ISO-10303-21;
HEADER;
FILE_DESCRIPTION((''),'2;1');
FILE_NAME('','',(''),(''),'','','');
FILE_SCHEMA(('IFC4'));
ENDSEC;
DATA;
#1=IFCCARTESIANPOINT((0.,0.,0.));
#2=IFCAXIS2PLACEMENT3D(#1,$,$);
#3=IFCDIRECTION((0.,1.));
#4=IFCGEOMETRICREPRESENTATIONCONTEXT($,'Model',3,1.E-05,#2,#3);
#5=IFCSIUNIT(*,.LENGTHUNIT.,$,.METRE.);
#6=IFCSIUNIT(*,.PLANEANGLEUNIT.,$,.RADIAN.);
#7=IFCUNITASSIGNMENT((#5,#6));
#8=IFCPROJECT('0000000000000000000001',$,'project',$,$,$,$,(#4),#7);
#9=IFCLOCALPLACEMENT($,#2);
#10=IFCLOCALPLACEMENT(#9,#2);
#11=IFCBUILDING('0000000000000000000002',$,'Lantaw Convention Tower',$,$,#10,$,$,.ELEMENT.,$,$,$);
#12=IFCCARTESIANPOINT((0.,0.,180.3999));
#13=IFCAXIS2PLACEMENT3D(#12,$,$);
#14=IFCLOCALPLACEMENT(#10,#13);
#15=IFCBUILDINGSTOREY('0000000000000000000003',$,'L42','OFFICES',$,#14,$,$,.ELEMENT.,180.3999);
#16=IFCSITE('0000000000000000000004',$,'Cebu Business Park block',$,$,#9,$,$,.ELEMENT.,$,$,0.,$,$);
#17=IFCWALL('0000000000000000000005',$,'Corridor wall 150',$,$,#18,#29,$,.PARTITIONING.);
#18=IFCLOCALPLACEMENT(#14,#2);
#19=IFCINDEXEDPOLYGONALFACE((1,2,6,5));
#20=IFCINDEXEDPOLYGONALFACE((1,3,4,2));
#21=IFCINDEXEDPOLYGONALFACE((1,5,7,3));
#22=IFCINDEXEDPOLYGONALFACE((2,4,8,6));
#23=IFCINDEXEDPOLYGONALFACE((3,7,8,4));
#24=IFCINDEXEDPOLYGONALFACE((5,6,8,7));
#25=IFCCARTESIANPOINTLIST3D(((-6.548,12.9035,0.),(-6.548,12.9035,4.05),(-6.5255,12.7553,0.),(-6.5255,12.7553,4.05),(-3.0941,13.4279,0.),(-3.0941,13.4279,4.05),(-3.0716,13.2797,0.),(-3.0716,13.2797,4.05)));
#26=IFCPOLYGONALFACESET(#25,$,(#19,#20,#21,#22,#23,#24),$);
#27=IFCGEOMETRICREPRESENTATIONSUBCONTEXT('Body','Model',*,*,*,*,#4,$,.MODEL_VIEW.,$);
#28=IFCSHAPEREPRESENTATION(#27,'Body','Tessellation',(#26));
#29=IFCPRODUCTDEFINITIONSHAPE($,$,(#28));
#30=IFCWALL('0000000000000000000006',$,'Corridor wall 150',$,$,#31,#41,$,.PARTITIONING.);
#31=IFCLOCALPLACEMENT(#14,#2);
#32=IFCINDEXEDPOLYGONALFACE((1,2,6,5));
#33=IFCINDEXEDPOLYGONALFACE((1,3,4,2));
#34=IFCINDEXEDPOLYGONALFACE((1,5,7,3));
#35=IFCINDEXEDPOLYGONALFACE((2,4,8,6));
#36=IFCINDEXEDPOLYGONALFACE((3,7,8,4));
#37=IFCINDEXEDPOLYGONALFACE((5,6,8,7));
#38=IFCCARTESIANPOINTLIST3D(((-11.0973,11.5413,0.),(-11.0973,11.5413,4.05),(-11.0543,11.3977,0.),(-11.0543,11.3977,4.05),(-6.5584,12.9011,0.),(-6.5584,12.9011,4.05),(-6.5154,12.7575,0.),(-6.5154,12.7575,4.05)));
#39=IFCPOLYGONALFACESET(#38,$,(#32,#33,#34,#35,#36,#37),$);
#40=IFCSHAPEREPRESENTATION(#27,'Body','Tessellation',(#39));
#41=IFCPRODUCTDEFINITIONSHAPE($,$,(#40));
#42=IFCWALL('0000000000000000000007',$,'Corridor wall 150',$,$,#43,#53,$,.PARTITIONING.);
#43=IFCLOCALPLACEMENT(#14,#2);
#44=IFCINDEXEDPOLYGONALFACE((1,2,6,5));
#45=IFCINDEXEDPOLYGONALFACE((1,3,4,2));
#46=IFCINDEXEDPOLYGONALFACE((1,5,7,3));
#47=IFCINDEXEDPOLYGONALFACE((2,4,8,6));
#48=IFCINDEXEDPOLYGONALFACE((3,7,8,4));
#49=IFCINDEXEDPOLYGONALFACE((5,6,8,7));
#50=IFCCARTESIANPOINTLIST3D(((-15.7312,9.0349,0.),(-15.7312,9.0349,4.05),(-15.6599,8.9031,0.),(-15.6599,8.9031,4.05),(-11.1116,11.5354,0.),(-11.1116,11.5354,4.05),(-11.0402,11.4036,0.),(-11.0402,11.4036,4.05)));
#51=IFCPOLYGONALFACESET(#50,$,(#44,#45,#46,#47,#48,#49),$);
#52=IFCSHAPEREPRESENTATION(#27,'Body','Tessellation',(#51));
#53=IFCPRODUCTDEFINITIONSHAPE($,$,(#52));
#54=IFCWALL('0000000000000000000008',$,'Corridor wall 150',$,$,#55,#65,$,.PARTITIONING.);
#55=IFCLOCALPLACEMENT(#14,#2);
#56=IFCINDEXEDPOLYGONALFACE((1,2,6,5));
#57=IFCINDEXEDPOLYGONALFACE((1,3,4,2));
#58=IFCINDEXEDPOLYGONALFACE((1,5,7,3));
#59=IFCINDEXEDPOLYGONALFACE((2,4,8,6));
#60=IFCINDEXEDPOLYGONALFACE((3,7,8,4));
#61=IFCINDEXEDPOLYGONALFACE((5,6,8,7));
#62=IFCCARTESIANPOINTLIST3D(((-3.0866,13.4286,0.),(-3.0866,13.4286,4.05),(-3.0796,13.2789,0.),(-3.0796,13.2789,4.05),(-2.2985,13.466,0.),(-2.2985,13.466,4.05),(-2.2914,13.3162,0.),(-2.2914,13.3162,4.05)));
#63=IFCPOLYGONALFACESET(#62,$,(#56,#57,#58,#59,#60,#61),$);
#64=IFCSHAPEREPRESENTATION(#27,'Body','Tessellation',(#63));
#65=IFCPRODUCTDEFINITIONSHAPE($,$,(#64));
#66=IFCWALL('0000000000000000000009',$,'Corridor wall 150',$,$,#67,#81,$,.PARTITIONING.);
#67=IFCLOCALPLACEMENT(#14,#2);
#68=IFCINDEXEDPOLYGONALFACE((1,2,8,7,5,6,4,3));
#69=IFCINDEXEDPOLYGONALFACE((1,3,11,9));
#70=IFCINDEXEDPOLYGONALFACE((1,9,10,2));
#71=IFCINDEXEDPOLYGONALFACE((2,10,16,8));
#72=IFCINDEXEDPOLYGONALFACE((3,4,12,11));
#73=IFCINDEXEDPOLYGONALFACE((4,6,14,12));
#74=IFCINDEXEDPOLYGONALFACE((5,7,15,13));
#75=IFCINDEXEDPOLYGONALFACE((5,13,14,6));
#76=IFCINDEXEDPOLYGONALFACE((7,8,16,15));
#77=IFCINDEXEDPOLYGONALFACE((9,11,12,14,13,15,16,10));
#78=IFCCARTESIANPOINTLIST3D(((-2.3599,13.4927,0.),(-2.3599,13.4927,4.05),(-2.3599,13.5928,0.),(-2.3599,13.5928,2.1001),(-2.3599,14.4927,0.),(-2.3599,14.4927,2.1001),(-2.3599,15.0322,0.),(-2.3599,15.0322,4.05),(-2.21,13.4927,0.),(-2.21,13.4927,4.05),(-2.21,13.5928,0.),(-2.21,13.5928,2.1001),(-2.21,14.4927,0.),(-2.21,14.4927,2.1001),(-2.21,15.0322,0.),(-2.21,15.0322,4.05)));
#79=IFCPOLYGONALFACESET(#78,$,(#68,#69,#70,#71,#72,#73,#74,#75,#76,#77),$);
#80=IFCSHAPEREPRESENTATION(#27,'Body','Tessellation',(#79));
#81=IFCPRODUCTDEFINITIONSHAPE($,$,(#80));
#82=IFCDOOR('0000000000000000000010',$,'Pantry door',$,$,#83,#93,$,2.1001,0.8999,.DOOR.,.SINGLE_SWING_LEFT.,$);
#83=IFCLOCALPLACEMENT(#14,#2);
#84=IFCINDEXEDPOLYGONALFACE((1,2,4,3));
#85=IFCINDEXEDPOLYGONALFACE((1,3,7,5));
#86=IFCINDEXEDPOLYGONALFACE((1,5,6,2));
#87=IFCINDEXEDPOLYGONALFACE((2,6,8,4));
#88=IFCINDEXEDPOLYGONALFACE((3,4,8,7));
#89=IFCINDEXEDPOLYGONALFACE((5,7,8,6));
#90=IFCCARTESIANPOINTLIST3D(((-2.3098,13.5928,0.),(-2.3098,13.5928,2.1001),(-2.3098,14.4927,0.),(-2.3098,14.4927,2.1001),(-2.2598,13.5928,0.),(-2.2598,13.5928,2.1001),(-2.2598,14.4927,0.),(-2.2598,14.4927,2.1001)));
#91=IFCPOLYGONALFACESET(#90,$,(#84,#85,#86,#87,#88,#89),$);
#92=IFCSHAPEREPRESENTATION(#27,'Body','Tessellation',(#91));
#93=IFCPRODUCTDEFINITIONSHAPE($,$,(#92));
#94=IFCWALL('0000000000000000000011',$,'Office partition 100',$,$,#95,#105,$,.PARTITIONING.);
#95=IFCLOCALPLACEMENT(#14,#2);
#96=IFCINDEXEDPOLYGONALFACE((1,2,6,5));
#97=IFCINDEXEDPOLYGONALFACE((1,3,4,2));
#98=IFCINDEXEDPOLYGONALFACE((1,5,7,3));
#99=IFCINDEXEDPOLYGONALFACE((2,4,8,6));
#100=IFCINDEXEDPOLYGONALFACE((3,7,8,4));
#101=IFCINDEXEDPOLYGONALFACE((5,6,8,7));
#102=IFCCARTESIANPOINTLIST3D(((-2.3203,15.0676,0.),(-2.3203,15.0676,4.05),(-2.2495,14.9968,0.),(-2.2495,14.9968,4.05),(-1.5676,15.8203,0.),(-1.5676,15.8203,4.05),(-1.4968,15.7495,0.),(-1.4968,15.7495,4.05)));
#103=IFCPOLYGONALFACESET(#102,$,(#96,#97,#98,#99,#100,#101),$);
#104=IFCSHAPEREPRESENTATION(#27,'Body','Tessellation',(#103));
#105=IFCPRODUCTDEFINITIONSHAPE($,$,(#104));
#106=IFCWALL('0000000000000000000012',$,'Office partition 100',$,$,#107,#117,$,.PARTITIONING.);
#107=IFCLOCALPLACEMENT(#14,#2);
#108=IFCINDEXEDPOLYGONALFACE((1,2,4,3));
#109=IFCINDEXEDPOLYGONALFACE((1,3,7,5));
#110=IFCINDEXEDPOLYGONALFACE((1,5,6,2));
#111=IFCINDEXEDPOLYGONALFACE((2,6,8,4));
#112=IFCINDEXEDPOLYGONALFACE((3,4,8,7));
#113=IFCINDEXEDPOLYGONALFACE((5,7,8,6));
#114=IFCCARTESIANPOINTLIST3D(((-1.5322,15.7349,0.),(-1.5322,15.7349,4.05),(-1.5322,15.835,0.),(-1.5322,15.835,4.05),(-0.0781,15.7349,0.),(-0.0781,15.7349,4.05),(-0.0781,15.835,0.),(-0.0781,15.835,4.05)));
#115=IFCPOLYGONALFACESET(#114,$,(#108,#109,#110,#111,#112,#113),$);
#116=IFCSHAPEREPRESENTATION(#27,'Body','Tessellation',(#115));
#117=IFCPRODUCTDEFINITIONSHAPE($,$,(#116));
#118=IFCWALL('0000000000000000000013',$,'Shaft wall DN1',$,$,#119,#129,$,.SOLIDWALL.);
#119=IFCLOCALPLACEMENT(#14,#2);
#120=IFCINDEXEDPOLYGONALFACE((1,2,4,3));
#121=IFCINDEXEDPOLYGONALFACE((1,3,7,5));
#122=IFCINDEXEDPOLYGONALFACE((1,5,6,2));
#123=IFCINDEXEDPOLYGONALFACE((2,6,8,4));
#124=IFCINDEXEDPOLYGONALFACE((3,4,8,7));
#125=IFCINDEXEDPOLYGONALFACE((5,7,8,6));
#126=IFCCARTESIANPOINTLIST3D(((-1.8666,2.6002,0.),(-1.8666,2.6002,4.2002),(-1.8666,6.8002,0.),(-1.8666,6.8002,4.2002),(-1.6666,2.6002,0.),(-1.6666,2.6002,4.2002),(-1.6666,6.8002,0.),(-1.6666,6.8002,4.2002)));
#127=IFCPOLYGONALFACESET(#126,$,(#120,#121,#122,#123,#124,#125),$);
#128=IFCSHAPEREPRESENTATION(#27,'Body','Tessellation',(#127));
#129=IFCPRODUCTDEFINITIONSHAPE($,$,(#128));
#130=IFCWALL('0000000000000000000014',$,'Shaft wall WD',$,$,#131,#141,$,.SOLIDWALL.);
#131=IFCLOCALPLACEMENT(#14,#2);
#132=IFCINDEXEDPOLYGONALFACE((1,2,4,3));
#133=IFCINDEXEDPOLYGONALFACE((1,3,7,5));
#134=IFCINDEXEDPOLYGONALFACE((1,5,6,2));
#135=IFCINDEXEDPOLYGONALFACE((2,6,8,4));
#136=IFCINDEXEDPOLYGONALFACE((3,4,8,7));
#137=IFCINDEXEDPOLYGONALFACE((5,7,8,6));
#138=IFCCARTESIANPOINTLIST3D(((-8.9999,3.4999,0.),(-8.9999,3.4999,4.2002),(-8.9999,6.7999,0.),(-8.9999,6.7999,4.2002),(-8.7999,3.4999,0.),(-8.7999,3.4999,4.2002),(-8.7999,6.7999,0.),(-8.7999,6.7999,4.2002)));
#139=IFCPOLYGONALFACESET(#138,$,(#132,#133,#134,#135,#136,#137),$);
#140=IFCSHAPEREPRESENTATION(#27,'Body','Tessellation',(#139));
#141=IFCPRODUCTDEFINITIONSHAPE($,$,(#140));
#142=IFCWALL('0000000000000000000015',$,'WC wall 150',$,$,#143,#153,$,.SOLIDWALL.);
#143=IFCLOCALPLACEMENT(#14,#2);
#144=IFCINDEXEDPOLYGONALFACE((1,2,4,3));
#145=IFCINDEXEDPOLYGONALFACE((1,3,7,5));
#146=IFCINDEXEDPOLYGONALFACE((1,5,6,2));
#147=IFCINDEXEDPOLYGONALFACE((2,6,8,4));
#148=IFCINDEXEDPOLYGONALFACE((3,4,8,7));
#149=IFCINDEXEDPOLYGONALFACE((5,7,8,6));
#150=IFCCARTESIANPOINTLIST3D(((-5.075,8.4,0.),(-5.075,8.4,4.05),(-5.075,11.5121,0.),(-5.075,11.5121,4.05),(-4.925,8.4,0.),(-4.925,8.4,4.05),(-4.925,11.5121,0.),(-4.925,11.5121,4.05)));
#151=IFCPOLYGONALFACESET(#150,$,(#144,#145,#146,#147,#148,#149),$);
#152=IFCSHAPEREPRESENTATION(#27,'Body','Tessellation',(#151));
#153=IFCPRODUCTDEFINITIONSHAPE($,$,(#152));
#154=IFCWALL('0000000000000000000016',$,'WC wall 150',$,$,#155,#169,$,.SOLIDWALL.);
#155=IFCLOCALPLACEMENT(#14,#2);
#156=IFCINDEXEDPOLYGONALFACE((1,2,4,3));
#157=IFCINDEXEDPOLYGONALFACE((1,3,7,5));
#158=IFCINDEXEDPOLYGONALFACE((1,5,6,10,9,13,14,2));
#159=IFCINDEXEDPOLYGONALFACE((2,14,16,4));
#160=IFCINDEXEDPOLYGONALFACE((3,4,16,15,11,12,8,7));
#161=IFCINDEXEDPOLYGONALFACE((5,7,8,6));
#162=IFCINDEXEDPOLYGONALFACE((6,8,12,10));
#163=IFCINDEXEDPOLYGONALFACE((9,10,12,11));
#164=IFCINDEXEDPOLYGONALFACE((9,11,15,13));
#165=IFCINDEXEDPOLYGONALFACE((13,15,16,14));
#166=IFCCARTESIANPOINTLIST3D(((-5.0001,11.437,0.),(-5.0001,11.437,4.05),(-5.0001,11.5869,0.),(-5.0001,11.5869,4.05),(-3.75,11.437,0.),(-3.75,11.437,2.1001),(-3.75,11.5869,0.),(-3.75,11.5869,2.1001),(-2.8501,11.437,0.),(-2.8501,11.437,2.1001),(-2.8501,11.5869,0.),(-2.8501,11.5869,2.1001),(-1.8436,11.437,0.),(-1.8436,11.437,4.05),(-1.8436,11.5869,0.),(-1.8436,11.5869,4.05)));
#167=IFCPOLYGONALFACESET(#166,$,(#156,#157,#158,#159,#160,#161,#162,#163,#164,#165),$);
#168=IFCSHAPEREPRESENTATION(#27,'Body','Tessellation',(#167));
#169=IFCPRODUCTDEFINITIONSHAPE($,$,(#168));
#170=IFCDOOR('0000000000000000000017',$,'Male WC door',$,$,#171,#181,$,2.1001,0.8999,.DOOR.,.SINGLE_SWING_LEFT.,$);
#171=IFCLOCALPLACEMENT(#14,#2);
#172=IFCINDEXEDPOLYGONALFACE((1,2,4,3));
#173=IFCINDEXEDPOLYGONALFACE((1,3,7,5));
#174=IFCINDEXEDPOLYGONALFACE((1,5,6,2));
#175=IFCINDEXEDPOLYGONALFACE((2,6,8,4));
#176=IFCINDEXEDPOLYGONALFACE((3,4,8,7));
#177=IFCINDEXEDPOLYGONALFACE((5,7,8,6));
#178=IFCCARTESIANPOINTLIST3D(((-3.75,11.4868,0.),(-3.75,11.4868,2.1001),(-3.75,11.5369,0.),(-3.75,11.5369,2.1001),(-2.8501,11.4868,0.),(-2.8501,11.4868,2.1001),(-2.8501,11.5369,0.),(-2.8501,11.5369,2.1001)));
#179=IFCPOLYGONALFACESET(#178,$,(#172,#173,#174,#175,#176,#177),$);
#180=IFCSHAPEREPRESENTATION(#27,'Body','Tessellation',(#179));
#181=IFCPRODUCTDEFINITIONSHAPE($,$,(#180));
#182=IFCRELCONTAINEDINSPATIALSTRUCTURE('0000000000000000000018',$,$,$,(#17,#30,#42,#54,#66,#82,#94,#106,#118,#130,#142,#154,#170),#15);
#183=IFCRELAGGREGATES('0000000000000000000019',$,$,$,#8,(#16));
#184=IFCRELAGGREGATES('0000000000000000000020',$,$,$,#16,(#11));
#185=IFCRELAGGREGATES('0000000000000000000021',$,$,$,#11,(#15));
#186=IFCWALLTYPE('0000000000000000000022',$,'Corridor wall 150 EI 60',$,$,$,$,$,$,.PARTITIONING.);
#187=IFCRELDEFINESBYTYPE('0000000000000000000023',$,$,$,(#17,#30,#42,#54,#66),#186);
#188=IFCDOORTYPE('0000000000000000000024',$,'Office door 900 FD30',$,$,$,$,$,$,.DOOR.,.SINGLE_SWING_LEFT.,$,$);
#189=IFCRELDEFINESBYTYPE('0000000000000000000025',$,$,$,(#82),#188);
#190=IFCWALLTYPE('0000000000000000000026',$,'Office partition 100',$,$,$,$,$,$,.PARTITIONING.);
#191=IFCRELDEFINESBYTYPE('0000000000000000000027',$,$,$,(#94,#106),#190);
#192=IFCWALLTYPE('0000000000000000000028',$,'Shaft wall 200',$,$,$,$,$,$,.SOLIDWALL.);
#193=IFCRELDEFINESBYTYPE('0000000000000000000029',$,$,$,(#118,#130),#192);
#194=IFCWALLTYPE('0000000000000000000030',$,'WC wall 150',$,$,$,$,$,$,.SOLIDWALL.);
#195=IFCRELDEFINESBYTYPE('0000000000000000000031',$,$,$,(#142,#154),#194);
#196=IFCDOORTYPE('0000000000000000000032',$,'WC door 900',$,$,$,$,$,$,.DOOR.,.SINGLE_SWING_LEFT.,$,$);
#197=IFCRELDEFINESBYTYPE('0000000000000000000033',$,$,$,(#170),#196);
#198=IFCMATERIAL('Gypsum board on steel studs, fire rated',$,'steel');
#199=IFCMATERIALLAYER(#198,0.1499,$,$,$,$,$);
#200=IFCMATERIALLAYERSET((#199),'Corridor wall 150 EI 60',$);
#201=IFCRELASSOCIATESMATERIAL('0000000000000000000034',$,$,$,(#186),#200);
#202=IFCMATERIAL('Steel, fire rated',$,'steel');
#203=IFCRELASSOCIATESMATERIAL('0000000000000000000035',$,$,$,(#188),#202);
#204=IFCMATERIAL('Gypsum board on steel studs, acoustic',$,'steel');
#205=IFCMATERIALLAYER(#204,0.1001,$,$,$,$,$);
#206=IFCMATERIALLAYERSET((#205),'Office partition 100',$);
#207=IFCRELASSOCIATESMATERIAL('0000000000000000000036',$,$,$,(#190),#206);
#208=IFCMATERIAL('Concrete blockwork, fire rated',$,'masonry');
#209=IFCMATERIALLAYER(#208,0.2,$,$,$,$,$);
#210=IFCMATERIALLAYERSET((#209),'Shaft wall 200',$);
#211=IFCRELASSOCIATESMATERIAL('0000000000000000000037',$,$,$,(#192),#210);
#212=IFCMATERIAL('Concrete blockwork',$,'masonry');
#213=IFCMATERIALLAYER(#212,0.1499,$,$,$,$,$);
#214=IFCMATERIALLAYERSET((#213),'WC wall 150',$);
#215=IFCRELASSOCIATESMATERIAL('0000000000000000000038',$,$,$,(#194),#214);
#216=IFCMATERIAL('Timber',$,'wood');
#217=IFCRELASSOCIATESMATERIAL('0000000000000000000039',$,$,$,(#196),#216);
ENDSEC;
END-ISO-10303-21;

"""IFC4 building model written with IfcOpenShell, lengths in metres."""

from ifc_helpers import new_model, si_unit, direction, frame, frame_2d, origin, place, context, subcontext, project, spatial, rectangle, extrude, material, layer, layer_set, type_object, element, fill, save


model = new_model("IFC4")

# Units and contexts
model_context = context("Model", 3, precision=1e-05, world=origin(), true_north=direction((0.0, 1.0)))
body_context = subcontext(model_context, "Body", "Model", "MODEL_VIEW")
ifc_project = project(units=[si_unit("LENGTHUNIT", "METRE"), si_unit("PLANEANGLEUNIT", "RADIAN")], contexts=[model_context])

# Site, building, storey
site_placement = place(None, origin())
site = spatial("IfcSite", under=ifc_project, at=site_placement, Name="Cebu Business Park block", CompositionType="ELEMENT", RefElevation=0.0)
building_placement = place(site_placement, origin())
building = spatial("IfcBuilding", under=site, at=building_placement, Name="Lantaw Convention Tower", CompositionType="ELEMENT")
storey_placement = place(building_placement, frame((0.0, 0.0, 180.3999)))
storey = spatial("IfcBuildingStorey", under=building, at=storey_placement, Name="L42", Description="OFFICES", CompositionType="ELEMENT", Elevation=180.3999)

# Shared definitions
ifc_material_1 = material(Name="Steel, fire rated", Category="steel")

# Walls
ifc_material_2 = material(Name="Gypsum board on steel studs, fire rated", Category="steel")
ifc_layer_1 = layer(ifc_material_2, 0.1499)
ifc_layer_set_1 = layer_set([ifc_layer_1], Name="Corridor wall 150 EI 60")
wall_type_1 = type_object("IfcWallType", Name="Corridor wall 150 EI 60", PredefinedType="PARTITIONING", material=ifc_layer_set_1)
wall_1_placement = place(storey_placement, frame((-3.083, 13.3538, 0.0), z_axis=(0.0, 0.0, 1.0), x_axis=(-0.988669, -0.150114, 0.0)))
element("IfcWall", 1, at=wall_1_placement, inside=storey, type_object=wall_type_1, Name="Corridor wall 150", PredefinedType="PARTITIONING", context=body_context, shape_type="SweptSolid", body=[
    extrude(rectangle(XDim=3.4934, YDim=0.1499, at=frame_2d((1.7466, 0.0))), origin(), (0.0, 0.0, 1.0), 4.05),
])
wall_2_placement = place(storey_placement, frame((-6.5369, 12.8293, 0.0), z_axis=(0.0, 0.0, 1.0), x_axis=(-0.957934, -0.286989, 0.0)))
element("IfcWall", 2, at=wall_2_placement, inside=storey, type_object=wall_type_1, Name="Corridor wall 150", PredefinedType="PARTITIONING", context=body_context, shape_type="SweptSolid", body=[
    extrude(rectangle(XDim=4.7383, YDim=0.1499, at=frame_2d((2.3691, 0.0))), origin(), (0.0, 0.0, 1.0), 4.05),
])
wall_3_placement = place(storey_placement, frame((-11.0759, 11.4695, 0.0), z_axis=(0.0, 0.0, 1.0), x_axis=(-0.879436, -0.476017, 0.0)))
element("IfcWall", 3, at=wall_3_placement, inside=storey, type_object=wall_type_1, Name="Corridor wall 150", PredefinedType="PARTITIONING", context=body_context, shape_type="SweptSolid", body=[
    extrude(rectangle(XDim=5.2529, YDim=0.1499, at=frame_2d((2.6265, 0.0))), origin(), (0.0, 0.0, 1.0), 4.05),
])
wall_4_placement = place(storey_placement, frame((-2.2949, 13.3911, 0.0), z_axis=(0.0, 0.0, 1.0), x_axis=(-0.998879, -0.047345, 0.0)))
element("IfcWall", 4, at=wall_4_placement, inside=storey, type_object=wall_type_1, Name="Corridor wall 150", PredefinedType="PARTITIONING", context=body_context, shape_type="SweptSolid", body=[
    extrude(rectangle(XDim=0.7891, YDim=0.1499, at=frame_2d((0.3945, 0.0))), origin(), (0.0, 0.0, 1.0), 4.05),
])

# Wall, opening, door
wall_5_placement = place(storey_placement, frame((-2.2849, 13.4927, 0.0), z_axis=(0.0, 0.0, 1.0), x_axis=(0.0, 1.0, 0.0)))
wall_5 = element("IfcWall", 5, at=wall_5_placement, inside=storey, type_object=wall_type_1, Name="Corridor wall 150", PredefinedType="PARTITIONING", context=body_context, shape_type="SweptSolid", body=[
    extrude(rectangle(XDim=1.5396, YDim=0.1499, at=frame_2d((0.7698, 0.0))), origin(), (0.0, 0.0, 1.0), 4.05),
])
opening_1_placement = place(wall_5_placement, frame((0.1001, 0.0, 0.0)))
opening_1 = element("IfcOpeningElement", 6, at=opening_1_placement, cuts=wall_5, PredefinedType="OPENING", context=body_context, shape_type="SweptSolid", body=[
    extrude(rectangle(XDim=0.8999, YDim=2.1001, at=frame_2d((0.45, 1.05))), frame((0.0, 0.085, 0.0), z_axis=(0.0, -1.0, 0.0), x_axis=(1.0, 0.0, 0.0)), (0.0, 0.0, 1.0), 0.1699),
])
door_type_1 = type_object("IfcDoorType", Name="Office door 900 FD30", OperationType="SINGLE_SWING_LEFT", PredefinedType="DOOR", material=ifc_material_1)
door_1_placement = place(opening_1_placement, origin())
door_1 = element("IfcDoor", 7, at=door_1_placement, inside=storey, type_object=door_type_1, Name="Pantry door", OperationType="SINGLE_SWING_LEFT", OverallHeight=2.1001, OverallWidth=0.8999, PredefinedType="DOOR", context=body_context, shape_type="SweptSolid", body=[
    extrude(rectangle(XDim=0.8999, YDim=2.1001, at=frame_2d((0.45, 1.05))), frame((0.0, 0.0249, 0.0), z_axis=(0.0, -1.0, 0.0), x_axis=(1.0, 0.0, 0.0)), (0.0, 0.0, 1.0), 0.05),
])
fill(opening_1, door_1)

# Walls
ifc_material_3 = material(Name="Gypsum board on steel studs, acoustic", Category="steel")
ifc_layer_2 = layer(ifc_material_3, 0.1001)
ifc_layer_set_2 = layer_set([ifc_layer_2], Name="Office partition 100")
wall_type_2 = type_object("IfcWallType", Name="Office partition 100", PredefinedType="PARTITIONING", material=ifc_layer_set_2)
wall_6_placement = place(storey_placement, frame((-2.2849, 15.0322, 0.0), z_axis=(0.0, 0.0, 1.0), x_axis=(0.707107, 0.707107, 0.0)))
element("IfcWall", 8, at=wall_6_placement, inside=storey, type_object=wall_type_2, Name="Office partition 100", PredefinedType="PARTITIONING", context=body_context, shape_type="SweptSolid", body=[
    extrude(rectangle(XDim=1.0645, YDim=0.1001, at=frame_2d((0.5322, 0.0))), origin(), (0.0, 0.0, 1.0), 4.05),
])
wall_7_placement = place(storey_placement, frame((-1.5322, 15.7849, 0.0), z_axis=(0.0, 0.0, 1.0), x_axis=(1.0, 0.0, 0.0)))
element("IfcWall", 9, at=wall_7_placement, inside=storey, type_object=wall_type_2, Name="Office partition 100", PredefinedType="PARTITIONING", context=body_context, shape_type="SweptSolid", body=[
    extrude(rectangle(XDim=1.4541, YDim=0.1001, at=frame_2d((0.7271, 0.0))), origin(), (0.0, 0.0, 1.0), 4.05),
])
ifc_material_4 = material(Name="Concrete blockwork, fire rated", Category="masonry")
ifc_layer_3 = layer(ifc_material_4, 0.2)
ifc_layer_set_3 = layer_set([ifc_layer_3], Name="Shaft wall 200")
wall_type_3 = type_object("IfcWallType", Name="Shaft wall 200", PredefinedType="SOLIDWALL", material=ifc_layer_set_3)
wall_8_placement = place(storey_placement, frame((-1.7666, 2.6001, 0.0), z_axis=(0.0, 0.0, 1.0), x_axis=(0.0, 1.0, 0.0)))
element("IfcWall", 10, at=wall_8_placement, inside=storey, type_object=wall_type_3, Name="Shaft wall DN1", PredefinedType="SOLIDWALL", context=body_context, shape_type="SweptSolid", body=[
    extrude(rectangle(XDim=4.2, YDim=0.2, at=frame_2d((2.1001, 0.0))), origin(), (0.0, 0.0, 1.0), 4.2002),
])
wall_9_placement = place(storey_placement, frame((-8.8999, 3.5, 0.0), z_axis=(0.0, 0.0, 1.0), x_axis=(0.0, 1.0, 0.0)))
element("IfcWall", 11, at=wall_9_placement, inside=storey, type_object=wall_type_3, Name="Shaft wall WD", PredefinedType="SOLIDWALL", context=body_context, shape_type="SweptSolid", body=[
    extrude(rectangle(XDim=3.3, YDim=0.2, at=frame_2d((1.6499, 0.0))), origin(), (0.0, 0.0, 1.0), 4.2002),
])
ifc_material_5 = material(Name="Concrete blockwork", Category="masonry")
ifc_layer_4 = layer(ifc_material_5, 0.1499)
ifc_layer_set_4 = layer_set([ifc_layer_4], Name="WC wall 150")
wall_type_4 = type_object("IfcWallType", Name="WC wall 150", PredefinedType="SOLIDWALL", material=ifc_layer_set_4)
wall_10_placement = place(storey_placement, frame((-5.0, 8.3999, 0.0), z_axis=(0.0, 0.0, 1.0), x_axis=(0.0, 1.0, 0.0)))
element("IfcWall", 12, at=wall_10_placement, inside=storey, type_object=wall_type_4, Name="WC wall 150", PredefinedType="SOLIDWALL", context=body_context, shape_type="SweptSolid", body=[
    extrude(rectangle(XDim=3.1121, YDim=0.1499, at=frame_2d((1.5562, 0.0))), origin(), (0.0, 0.0, 1.0), 4.05),
])

# Wall, opening, door
wall_11_placement = place(storey_placement, frame((-5.0, 11.512, 0.0), z_axis=(0.0, 0.0, 1.0), x_axis=(1.0, 0.0, 0.0)))
wall_11 = element("IfcWall", 13, at=wall_11_placement, inside=storey, type_object=wall_type_4, Name="WC wall 150", PredefinedType="SOLIDWALL", context=body_context, shape_type="SweptSolid", body=[
    extrude(rectangle(XDim=3.1565, YDim=0.1499, at=frame_2d((1.5781, 0.0))), origin(), (0.0, 0.0, 1.0), 4.05),
])
opening_2_placement = place(wall_11_placement, frame((1.25, 0.0, 0.0)))
opening_2 = element("IfcOpeningElement", 14, at=opening_2_placement, cuts=wall_11, PredefinedType="OPENING", context=body_context, shape_type="SweptSolid", body=[
    extrude(rectangle(XDim=0.8999, YDim=2.1001, at=frame_2d((0.45, 1.05))), frame((0.0, 0.085, 0.0), z_axis=(0.0, -1.0, 0.0), x_axis=(1.0, 0.0, 0.0)), (0.0, 0.0, 1.0), 0.1699),
])
ifc_material_6 = material(Name="Timber", Category="wood")
door_type_2 = type_object("IfcDoorType", Name="WC door 900", OperationType="SINGLE_SWING_LEFT", PredefinedType="DOOR", material=ifc_material_6)
door_2_placement = place(opening_2_placement, origin())
door_2 = element("IfcDoor", 15, at=door_2_placement, inside=storey, type_object=door_type_2, Name="Male WC door", OperationType="SINGLE_SWING_LEFT", OverallHeight=2.1001, OverallWidth=0.8999, PredefinedType="DOOR", context=body_context, shape_type="SweptSolid", body=[
    extrude(rectangle(XDim=0.8999, YDim=2.1001, at=frame_2d((0.45, 1.05))), frame((0.0, 0.0249, 0.0), z_axis=(0.0, -1.0, 0.0), x_axis=(1.0, 0.0, 0.0)), (0.0, 0.0, 1.0), 0.05),
])
fill(opening_2, door_2)

save(model, "model.ifc")
